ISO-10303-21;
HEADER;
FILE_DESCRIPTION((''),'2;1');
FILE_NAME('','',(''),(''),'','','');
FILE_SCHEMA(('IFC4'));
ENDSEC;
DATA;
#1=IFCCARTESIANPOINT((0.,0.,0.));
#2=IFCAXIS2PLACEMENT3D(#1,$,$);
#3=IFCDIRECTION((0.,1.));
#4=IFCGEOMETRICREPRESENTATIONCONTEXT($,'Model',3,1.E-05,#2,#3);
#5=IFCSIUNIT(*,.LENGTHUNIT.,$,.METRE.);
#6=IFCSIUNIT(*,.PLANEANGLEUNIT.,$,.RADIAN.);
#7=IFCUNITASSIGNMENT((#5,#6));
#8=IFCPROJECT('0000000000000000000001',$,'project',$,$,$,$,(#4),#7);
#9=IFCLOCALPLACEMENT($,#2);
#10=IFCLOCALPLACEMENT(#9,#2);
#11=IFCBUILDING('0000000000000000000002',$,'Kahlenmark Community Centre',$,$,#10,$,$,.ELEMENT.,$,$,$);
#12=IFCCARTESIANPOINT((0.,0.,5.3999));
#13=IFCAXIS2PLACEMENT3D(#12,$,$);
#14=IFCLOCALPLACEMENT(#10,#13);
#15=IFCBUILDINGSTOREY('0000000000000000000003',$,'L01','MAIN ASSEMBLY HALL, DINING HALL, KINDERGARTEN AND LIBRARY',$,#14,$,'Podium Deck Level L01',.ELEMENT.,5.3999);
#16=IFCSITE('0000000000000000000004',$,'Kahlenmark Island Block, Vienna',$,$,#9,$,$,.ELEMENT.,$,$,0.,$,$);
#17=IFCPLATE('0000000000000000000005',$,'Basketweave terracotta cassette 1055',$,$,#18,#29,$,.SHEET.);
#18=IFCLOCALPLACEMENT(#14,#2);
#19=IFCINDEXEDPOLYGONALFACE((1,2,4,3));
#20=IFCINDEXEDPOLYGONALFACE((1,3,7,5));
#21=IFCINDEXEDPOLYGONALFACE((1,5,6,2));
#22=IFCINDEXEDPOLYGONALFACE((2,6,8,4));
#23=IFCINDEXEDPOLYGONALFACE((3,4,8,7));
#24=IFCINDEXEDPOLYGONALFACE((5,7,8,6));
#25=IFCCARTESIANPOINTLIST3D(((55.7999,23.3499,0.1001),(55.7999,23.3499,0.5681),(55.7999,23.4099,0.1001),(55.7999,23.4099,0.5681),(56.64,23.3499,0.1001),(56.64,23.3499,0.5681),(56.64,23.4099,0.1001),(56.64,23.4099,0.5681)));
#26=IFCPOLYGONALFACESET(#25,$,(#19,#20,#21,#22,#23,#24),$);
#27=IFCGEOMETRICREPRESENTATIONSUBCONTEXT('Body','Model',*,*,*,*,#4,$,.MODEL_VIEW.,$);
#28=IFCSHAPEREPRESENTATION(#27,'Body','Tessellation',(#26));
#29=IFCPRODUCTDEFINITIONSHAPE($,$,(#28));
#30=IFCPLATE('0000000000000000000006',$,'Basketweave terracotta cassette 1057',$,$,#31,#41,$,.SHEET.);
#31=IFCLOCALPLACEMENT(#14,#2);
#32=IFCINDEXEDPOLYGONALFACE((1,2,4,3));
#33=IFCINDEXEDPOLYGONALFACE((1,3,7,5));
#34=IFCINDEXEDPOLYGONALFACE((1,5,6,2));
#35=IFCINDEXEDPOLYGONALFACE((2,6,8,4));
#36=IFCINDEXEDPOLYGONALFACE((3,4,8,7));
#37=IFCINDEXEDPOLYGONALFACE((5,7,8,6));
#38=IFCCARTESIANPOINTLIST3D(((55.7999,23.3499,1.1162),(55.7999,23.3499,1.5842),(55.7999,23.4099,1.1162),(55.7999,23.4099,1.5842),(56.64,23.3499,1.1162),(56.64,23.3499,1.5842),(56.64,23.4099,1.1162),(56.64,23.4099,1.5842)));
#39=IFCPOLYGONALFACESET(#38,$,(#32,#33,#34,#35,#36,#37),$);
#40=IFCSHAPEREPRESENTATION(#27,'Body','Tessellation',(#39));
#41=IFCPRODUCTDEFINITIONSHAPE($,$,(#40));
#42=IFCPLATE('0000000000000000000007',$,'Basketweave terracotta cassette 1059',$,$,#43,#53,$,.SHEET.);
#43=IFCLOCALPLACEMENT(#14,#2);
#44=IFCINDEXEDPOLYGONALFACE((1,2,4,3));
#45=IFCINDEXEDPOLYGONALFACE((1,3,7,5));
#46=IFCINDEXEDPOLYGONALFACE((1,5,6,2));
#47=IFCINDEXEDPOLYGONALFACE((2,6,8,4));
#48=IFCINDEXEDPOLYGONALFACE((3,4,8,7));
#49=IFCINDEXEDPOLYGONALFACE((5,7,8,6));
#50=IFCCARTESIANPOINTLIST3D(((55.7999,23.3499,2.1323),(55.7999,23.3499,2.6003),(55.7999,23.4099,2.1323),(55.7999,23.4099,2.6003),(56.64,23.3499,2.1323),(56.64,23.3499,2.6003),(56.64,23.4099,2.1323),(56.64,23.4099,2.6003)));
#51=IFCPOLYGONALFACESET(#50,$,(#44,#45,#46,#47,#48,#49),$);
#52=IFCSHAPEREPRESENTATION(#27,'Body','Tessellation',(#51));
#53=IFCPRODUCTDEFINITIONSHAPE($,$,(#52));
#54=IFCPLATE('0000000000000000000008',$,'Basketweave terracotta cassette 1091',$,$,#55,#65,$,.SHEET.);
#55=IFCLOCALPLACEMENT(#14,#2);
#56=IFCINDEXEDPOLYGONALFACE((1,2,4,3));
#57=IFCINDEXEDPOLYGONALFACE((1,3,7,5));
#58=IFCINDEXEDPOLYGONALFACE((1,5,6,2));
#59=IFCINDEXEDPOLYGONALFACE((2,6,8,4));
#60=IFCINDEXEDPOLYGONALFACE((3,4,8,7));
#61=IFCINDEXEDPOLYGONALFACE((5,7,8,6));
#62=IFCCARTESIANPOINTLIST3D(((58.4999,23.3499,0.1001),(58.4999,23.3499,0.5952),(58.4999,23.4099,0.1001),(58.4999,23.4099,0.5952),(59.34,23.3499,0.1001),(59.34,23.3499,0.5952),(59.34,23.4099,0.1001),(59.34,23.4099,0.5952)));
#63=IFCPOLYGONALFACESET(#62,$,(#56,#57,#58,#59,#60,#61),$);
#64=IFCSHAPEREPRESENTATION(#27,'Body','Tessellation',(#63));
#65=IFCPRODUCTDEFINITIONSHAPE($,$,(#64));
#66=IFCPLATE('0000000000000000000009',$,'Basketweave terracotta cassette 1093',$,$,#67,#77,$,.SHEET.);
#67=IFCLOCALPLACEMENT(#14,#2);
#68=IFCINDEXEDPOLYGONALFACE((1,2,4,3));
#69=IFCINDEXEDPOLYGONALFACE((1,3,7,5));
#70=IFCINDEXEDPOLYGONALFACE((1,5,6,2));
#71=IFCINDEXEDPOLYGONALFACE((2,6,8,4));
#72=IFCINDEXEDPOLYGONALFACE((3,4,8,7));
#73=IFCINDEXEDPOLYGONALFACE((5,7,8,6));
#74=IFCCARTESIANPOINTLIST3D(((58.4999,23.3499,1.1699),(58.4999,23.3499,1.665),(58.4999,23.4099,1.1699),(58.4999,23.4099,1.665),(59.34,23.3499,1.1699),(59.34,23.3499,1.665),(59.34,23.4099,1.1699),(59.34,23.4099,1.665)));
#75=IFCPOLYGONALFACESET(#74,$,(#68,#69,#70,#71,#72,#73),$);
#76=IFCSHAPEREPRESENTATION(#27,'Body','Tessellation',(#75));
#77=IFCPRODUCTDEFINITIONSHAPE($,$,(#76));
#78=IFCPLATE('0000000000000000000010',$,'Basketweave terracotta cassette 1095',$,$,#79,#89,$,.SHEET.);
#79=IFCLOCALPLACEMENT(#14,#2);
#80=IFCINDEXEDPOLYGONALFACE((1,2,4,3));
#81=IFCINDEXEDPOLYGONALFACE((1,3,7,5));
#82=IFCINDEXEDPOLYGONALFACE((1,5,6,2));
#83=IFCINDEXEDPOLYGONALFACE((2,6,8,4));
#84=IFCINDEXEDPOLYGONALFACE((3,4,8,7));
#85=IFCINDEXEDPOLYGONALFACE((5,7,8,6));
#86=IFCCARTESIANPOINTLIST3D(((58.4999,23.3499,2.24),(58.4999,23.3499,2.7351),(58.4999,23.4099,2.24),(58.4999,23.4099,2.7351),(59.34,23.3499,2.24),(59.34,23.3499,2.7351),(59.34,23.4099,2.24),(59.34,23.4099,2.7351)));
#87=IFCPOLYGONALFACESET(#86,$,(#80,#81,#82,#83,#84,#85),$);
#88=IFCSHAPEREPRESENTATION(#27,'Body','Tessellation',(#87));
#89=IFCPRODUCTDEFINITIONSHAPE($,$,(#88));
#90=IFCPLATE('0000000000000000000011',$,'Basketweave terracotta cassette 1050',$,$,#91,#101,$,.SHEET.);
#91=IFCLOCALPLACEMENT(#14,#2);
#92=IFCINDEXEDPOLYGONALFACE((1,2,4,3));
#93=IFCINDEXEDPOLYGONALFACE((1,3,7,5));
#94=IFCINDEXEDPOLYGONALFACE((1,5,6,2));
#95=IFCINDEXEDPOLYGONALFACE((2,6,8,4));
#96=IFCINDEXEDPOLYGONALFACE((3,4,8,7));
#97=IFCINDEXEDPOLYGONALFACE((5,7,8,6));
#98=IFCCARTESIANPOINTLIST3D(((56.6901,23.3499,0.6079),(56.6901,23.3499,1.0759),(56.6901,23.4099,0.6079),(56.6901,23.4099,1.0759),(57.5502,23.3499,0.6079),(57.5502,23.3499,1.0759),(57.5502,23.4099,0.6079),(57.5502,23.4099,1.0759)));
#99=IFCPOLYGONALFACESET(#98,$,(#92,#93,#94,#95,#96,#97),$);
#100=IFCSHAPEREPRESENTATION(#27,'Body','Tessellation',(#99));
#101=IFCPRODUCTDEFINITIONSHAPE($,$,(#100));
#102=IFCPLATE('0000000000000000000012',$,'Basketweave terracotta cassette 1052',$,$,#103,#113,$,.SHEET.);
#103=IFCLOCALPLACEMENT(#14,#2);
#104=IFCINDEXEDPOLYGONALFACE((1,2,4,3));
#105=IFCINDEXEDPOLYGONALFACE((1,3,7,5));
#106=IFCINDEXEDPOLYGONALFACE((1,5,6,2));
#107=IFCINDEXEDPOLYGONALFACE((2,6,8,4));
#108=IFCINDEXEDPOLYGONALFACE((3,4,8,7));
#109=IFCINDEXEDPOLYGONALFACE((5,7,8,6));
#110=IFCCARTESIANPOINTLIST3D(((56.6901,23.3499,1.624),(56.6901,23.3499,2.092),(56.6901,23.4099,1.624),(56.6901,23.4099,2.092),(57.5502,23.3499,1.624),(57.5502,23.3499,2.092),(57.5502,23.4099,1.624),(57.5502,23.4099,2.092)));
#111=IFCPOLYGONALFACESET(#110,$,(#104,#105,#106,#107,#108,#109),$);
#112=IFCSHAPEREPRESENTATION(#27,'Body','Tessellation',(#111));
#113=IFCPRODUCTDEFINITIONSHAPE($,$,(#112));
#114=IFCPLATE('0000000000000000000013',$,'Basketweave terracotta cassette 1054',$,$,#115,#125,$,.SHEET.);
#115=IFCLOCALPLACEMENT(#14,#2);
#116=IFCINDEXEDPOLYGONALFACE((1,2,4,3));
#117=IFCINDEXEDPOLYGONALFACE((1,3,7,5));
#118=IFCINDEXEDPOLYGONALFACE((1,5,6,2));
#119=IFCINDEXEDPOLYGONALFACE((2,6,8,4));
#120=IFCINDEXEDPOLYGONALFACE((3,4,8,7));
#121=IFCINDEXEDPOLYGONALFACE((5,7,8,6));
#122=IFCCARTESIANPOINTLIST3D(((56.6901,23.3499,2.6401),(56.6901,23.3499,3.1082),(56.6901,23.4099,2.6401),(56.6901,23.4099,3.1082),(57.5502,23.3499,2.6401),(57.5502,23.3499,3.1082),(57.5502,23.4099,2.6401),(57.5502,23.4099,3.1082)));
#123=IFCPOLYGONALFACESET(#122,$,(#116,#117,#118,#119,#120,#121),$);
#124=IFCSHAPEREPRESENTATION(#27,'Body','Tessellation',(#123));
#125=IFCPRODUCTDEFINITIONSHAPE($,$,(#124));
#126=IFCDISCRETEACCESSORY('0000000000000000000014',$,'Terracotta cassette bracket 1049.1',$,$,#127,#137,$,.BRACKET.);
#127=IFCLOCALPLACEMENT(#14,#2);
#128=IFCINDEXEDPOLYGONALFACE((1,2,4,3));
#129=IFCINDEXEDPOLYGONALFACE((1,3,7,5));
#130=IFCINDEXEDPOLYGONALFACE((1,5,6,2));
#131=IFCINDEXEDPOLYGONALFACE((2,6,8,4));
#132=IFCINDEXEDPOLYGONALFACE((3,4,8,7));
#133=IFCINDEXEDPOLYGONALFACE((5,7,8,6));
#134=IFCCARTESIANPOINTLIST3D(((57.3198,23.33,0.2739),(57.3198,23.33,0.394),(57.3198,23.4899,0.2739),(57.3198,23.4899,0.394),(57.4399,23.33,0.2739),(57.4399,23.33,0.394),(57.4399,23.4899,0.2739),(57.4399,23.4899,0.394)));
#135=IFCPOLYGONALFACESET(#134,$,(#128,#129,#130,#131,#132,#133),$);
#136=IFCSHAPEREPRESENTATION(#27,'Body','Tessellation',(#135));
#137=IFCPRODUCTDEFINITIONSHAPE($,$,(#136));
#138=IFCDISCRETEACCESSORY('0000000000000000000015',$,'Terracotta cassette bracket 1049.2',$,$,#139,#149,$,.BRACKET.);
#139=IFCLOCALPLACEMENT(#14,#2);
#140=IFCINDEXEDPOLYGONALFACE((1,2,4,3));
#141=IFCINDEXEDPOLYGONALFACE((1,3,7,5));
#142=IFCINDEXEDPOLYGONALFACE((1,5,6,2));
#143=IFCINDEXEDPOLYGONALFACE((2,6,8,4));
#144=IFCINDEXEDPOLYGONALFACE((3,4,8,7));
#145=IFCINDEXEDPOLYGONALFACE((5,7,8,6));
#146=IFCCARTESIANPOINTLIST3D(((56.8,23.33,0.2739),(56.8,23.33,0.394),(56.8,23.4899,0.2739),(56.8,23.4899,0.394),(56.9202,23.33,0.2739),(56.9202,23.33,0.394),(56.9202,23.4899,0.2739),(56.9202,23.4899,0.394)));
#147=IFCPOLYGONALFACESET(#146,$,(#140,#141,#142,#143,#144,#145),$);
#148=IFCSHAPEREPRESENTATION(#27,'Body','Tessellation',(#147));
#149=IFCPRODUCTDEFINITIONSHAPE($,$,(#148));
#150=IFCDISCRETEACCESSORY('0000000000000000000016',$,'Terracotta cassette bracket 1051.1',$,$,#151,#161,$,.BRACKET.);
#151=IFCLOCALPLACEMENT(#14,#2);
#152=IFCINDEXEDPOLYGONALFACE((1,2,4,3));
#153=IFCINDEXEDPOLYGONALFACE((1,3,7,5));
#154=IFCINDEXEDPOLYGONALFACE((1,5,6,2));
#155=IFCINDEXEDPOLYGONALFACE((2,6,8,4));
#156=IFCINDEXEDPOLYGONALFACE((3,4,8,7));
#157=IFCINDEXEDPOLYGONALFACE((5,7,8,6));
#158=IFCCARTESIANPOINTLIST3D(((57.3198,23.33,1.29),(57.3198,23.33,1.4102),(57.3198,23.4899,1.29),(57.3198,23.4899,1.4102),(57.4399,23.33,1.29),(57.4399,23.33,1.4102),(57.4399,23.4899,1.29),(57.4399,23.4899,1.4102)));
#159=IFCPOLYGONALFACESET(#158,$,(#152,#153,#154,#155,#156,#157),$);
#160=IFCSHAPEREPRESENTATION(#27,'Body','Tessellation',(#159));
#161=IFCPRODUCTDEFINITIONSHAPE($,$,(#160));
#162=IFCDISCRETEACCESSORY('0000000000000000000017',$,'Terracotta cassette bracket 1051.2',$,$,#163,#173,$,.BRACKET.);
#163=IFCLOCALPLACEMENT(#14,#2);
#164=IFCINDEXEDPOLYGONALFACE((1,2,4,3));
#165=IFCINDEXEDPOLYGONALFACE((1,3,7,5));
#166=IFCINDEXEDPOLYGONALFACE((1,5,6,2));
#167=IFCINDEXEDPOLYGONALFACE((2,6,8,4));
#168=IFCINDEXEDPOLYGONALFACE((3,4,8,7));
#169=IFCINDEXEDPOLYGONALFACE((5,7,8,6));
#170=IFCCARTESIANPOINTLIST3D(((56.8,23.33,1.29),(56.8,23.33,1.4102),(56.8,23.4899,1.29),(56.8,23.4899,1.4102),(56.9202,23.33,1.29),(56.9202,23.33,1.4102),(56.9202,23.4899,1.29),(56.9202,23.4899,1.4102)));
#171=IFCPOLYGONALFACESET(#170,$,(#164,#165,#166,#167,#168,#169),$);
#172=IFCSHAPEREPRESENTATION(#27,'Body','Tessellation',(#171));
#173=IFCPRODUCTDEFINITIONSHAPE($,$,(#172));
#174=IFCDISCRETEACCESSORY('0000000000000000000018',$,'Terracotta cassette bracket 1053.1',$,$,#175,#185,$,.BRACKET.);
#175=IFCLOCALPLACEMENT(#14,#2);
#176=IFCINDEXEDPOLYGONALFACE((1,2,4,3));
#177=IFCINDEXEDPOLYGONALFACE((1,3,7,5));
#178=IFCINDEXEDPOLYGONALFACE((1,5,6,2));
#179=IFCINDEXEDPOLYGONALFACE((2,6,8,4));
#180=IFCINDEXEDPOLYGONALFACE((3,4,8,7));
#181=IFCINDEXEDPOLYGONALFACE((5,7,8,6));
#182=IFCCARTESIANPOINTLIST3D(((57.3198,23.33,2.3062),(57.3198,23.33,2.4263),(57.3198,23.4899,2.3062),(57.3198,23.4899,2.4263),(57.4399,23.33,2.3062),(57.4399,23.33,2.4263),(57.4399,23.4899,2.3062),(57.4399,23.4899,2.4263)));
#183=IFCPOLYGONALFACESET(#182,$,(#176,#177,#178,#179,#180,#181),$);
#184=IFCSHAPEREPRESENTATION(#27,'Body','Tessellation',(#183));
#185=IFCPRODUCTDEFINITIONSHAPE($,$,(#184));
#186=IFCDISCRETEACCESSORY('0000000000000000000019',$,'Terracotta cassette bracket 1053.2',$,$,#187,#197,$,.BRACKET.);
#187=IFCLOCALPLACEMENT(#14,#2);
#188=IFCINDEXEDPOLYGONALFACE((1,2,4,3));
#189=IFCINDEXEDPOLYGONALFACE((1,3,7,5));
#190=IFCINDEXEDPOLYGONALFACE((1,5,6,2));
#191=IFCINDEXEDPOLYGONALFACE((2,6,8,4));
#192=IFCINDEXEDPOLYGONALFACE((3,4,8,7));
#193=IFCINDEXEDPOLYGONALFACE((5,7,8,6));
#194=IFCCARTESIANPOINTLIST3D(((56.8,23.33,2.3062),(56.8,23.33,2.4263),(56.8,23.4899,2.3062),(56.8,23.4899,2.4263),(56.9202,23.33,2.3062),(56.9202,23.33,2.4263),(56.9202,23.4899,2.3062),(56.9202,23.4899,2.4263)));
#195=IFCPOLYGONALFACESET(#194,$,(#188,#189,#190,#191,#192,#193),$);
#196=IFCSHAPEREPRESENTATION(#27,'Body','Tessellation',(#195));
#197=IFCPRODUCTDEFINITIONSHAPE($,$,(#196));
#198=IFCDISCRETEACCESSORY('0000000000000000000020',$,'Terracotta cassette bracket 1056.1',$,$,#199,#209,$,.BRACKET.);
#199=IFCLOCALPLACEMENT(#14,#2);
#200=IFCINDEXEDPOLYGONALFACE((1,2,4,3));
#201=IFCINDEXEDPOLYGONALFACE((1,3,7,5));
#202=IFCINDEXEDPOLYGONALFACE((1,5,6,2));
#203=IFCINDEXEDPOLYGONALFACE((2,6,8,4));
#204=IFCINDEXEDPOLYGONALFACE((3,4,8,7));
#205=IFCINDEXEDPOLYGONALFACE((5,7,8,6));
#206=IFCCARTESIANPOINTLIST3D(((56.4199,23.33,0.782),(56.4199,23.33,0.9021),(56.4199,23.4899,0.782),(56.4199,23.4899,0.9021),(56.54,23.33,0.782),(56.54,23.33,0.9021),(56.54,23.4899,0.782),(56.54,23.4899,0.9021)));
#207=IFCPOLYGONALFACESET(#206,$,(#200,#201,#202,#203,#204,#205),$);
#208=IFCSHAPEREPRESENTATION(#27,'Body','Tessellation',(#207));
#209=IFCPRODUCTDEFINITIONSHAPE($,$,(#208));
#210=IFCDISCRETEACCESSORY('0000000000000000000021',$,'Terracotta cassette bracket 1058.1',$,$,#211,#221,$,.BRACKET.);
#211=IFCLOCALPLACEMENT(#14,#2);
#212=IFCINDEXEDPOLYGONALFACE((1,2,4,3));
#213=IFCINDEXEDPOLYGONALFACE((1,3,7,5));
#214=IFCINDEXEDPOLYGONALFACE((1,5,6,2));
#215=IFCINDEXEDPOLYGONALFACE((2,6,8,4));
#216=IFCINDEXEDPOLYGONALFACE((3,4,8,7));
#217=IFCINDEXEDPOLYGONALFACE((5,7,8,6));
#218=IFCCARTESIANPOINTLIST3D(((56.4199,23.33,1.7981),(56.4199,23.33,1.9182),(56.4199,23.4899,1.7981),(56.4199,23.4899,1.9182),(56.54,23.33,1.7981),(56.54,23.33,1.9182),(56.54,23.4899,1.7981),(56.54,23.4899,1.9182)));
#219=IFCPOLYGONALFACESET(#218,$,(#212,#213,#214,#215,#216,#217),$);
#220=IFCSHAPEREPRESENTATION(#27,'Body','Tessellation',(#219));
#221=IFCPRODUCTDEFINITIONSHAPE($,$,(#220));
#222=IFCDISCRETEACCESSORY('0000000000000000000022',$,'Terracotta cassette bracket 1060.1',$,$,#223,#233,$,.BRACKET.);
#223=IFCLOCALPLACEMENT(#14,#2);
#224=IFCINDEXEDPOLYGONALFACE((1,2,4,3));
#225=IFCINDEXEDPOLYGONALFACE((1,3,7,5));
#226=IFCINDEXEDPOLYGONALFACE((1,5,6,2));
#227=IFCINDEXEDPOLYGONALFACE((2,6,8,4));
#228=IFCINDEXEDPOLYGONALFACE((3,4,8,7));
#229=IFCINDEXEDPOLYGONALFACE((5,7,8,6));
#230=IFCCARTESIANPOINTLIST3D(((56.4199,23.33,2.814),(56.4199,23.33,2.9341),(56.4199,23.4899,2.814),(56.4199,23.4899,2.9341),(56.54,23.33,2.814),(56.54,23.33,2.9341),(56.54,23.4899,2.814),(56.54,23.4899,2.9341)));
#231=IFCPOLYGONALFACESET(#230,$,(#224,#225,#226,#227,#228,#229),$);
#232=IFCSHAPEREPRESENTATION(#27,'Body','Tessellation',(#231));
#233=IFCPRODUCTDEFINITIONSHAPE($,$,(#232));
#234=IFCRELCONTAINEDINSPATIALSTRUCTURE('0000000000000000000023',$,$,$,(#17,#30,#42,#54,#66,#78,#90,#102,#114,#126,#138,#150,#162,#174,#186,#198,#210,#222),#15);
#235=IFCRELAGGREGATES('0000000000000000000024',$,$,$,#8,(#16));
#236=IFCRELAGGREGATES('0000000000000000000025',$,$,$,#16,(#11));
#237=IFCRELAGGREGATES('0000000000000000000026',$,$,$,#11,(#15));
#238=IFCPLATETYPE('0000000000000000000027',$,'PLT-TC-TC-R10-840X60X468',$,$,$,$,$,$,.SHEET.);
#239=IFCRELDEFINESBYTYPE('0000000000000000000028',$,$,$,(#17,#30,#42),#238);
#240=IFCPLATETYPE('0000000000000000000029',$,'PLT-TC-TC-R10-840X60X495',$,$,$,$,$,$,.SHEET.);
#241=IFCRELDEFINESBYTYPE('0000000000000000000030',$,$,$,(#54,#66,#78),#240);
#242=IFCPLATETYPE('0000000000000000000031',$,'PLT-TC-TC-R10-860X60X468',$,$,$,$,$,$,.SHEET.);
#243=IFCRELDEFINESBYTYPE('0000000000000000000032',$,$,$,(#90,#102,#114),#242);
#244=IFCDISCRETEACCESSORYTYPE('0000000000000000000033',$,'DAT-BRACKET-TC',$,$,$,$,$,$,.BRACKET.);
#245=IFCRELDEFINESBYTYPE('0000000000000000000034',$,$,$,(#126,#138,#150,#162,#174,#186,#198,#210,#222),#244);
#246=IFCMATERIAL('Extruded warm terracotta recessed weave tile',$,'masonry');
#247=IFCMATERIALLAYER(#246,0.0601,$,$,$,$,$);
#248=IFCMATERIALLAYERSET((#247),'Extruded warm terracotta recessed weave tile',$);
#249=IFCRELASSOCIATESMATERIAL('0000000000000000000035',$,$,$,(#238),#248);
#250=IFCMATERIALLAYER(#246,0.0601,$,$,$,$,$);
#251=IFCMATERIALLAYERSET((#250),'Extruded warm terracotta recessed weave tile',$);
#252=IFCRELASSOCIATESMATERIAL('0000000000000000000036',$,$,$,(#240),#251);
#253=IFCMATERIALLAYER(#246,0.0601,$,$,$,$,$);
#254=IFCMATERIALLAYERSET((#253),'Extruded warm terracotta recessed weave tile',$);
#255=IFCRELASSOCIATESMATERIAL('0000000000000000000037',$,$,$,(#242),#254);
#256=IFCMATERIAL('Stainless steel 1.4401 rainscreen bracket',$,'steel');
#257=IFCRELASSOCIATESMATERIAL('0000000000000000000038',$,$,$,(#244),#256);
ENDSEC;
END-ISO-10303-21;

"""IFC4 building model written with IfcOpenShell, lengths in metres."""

from ifc_helpers import new_model, si_unit, direction, frame, origin, origin_2d, place, context, subcontext, project, spatial, rectangle, extrude, material, layer, layer_set, type_object, element, save


model = new_model("IFC4")

# Units and contexts
model_context = context("Model", 3, precision=1e-05, world=origin(), true_north=direction((0.0, 1.0)))
body_context = subcontext(model_context, "Body", "Model", "MODEL_VIEW")
ifc_project = project(units=[si_unit("LENGTHUNIT", "METRE"), si_unit("PLANEANGLEUNIT", "RADIAN")], contexts=[model_context])

# Site, building, storey
site_placement = place(None, origin())
site = spatial("IfcSite", under=ifc_project, at=site_placement, Name="Kahlenmark Island Block, Vienna", CompositionType="ELEMENT", RefElevation=0.0)
building_placement = place(site_placement, origin())
building = spatial("IfcBuilding", under=site, at=building_placement, Name="Kahlenmark Community Centre", CompositionType="ELEMENT")
storey_placement = place(building_placement, frame((0.0, 0.0, 5.3999)))
storey = spatial("IfcBuildingStorey", under=building, at=storey_placement, Name="L01", Description="MAIN ASSEMBLY HALL, DINING HALL, KINDERGARTEN AND LIBRARY", LongName="Podium Deck Level L01", CompositionType="ELEMENT", Elevation=5.3999)

# Plates
ifc_material_1 = material(Name="Extruded warm terracotta recessed weave tile", Category="masonry")
ifc_layer_1 = layer(ifc_material_1, 0.0601)
ifc_layer_set_1 = layer_set([ifc_layer_1], Name="Extruded warm terracotta recessed weave tile")
plate_type_1 = type_object("IfcPlateType", Name="PLT-TC-TC-R10-840X60X468", PredefinedType="SHEET", material=ifc_layer_set_1)
for number, where, z_axis, x_axis, name in (
    (1, (56.22, 23.3799, 0.1001), (0.0, 0.0, 1.0), (-1.0, 0.0, 0.0), "Basketweave terracotta cassette 1055"),
    (2, (56.22, 23.3799, 1.1162), (0.0, 0.0, 1.0), (-1.0, 0.0, 0.0), "Basketweave terracotta cassette 1057"),
    (3, (56.22, 23.3799, 2.1323), (0.0, 0.0, 1.0), (-1.0, 0.0, 0.0), "Basketweave terracotta cassette 1059"),
):
    element("IfcPlate", number, at=place(storey_placement, frame(where, z_axis=z_axis, x_axis=x_axis)), inside=storey, type_object=plate_type_1, Name=name, PredefinedType="SHEET", context=body_context, shape_type="SweptSolid", body=[
        extrude(rectangle(XDim=0.8401, YDim=0.0601, at=origin_2d()), origin(), (0.0, 0.0, 1.0), 0.468),
    ])
ifc_layer_2 = layer(ifc_material_1, 0.0601)
ifc_layer_set_2 = layer_set([ifc_layer_2], Name="Extruded warm terracotta recessed weave tile")
plate_type_2 = type_object("IfcPlateType", Name="PLT-TC-TC-R10-840X60X495", PredefinedType="SHEET", material=ifc_layer_set_2)
for number, where, z_axis, x_axis, name in (
    (4, (58.9199, 23.3799, 0.1001), (0.0, 0.0, 1.0), (-1.0, 0.0, 0.0), "Basketweave terracotta cassette 1091"),
    (5, (58.9199, 23.3799, 1.1699), (0.0, 0.0, 1.0), (-1.0, 0.0, 0.0), "Basketweave terracotta cassette 1093"),
    (6, (58.9199, 23.3799, 2.24), (0.0, 0.0, 1.0), (-1.0, 0.0, 0.0), "Basketweave terracotta cassette 1095"),
):
    element("IfcPlate", number, at=place(storey_placement, frame(where, z_axis=z_axis, x_axis=x_axis)), inside=storey, type_object=plate_type_2, Name=name, PredefinedType="SHEET", context=body_context, shape_type="SweptSolid", body=[
        extrude(rectangle(XDim=0.8401, YDim=0.0601, at=origin_2d()), origin(), (0.0, 0.0, 1.0), 0.4951),
    ])
ifc_layer_3 = layer(ifc_material_1, 0.0601)
ifc_layer_set_3 = layer_set([ifc_layer_3], Name="Extruded warm terracotta recessed weave tile")
plate_type_3 = type_object("IfcPlateType", Name="PLT-TC-TC-R10-860X60X468", PredefinedType="SHEET", material=ifc_layer_set_3)
for number, where, z_axis, x_axis, name in (
    (7, (57.1201, 23.3799, 0.6079), (0.0, 0.0, 1.0), (-1.0, 0.0, 0.0), "Basketweave terracotta cassette 1050"),
    (8, (57.1201, 23.3799, 1.624), (0.0, 0.0, 1.0), (-1.0, 0.0, 0.0), "Basketweave terracotta cassette 1052"),
    (9, (57.1201, 23.3799, 2.6401), (0.0, 0.0, 1.0), (-1.0, 0.0, 0.0), "Basketweave terracotta cassette 1054"),
):
    element("IfcPlate", number, at=place(storey_placement, frame(where, z_axis=z_axis, x_axis=x_axis)), inside=storey, type_object=plate_type_3, Name=name, PredefinedType="SHEET", context=body_context, shape_type="SweptSolid", body=[
        extrude(rectangle(XDim=0.8601, YDim=0.0601, at=origin_2d()), origin(), (0.0, 0.0, 1.0), 0.468),
    ])

# Discrete accessories
ifc_material_2 = material(Name="Stainless steel 1.4401 rainscreen bracket", Category="steel")
discrete_accessory_type = type_object("IfcDiscreteAccessoryType", Name="DAT-BRACKET-TC", PredefinedType="BRACKET", material=ifc_material_2)
for number, where, z_axis, x_axis, name in (
    (10, (57.3799, 23.4099, 0.2739), (0.0, 0.0, 1.0), (-1.0, 0.0, 0.0), "Terracotta cassette bracket 1049.1"),
    (11, (56.8601, 23.4099, 0.2739), (0.0, 0.0, 1.0), (-1.0, 0.0, 0.0), "Terracotta cassette bracket 1049.2"),
    (12, (57.3799, 23.4099, 1.29), (0.0, 0.0, 1.0), (-1.0, 0.0, 0.0), "Terracotta cassette bracket 1051.1"),
    (13, (56.8601, 23.4099, 1.29), (0.0, 0.0, 1.0), (-1.0, 0.0, 0.0), "Terracotta cassette bracket 1051.2"),
    (14, (57.3799, 23.4099, 2.3062), (0.0, 0.0, 1.0), (-1.0, 0.0, 0.0), "Terracotta cassette bracket 1053.1"),
    (15, (56.8601, 23.4099, 2.3062), (0.0, 0.0, 1.0), (-1.0, 0.0, 0.0), "Terracotta cassette bracket 1053.2"),
    (16, (56.48, 23.4099, 0.782), (0.0, 0.0, 1.0), (-1.0, 0.0, 0.0), "Terracotta cassette bracket 1056.1"),
    (17, (56.48, 23.4099, 1.7981), (0.0, 0.0, 1.0), (-1.0, 0.0, 0.0), "Terracotta cassette bracket 1058.1"),
    (18, (56.48, 23.4099, 2.814), (0.0, 0.0, 1.0), (-1.0, 0.0, 0.0), "Terracotta cassette bracket 1060.1"),
):
    element("IfcDiscreteAccessory", number, at=place(storey_placement, frame(where, z_axis=z_axis, x_axis=x_axis)), inside=storey, type_object=discrete_accessory_type, Name=name, PredefinedType="BRACKET", context=body_context, shape_type="SweptSolid", body=[
        extrude(rectangle(XDim=0.1201, YDim=0.1599, at=origin_2d()), origin(), (0.0, 0.0, 1.0), 0.1201),
    ])

save(model, "model.ifc")
